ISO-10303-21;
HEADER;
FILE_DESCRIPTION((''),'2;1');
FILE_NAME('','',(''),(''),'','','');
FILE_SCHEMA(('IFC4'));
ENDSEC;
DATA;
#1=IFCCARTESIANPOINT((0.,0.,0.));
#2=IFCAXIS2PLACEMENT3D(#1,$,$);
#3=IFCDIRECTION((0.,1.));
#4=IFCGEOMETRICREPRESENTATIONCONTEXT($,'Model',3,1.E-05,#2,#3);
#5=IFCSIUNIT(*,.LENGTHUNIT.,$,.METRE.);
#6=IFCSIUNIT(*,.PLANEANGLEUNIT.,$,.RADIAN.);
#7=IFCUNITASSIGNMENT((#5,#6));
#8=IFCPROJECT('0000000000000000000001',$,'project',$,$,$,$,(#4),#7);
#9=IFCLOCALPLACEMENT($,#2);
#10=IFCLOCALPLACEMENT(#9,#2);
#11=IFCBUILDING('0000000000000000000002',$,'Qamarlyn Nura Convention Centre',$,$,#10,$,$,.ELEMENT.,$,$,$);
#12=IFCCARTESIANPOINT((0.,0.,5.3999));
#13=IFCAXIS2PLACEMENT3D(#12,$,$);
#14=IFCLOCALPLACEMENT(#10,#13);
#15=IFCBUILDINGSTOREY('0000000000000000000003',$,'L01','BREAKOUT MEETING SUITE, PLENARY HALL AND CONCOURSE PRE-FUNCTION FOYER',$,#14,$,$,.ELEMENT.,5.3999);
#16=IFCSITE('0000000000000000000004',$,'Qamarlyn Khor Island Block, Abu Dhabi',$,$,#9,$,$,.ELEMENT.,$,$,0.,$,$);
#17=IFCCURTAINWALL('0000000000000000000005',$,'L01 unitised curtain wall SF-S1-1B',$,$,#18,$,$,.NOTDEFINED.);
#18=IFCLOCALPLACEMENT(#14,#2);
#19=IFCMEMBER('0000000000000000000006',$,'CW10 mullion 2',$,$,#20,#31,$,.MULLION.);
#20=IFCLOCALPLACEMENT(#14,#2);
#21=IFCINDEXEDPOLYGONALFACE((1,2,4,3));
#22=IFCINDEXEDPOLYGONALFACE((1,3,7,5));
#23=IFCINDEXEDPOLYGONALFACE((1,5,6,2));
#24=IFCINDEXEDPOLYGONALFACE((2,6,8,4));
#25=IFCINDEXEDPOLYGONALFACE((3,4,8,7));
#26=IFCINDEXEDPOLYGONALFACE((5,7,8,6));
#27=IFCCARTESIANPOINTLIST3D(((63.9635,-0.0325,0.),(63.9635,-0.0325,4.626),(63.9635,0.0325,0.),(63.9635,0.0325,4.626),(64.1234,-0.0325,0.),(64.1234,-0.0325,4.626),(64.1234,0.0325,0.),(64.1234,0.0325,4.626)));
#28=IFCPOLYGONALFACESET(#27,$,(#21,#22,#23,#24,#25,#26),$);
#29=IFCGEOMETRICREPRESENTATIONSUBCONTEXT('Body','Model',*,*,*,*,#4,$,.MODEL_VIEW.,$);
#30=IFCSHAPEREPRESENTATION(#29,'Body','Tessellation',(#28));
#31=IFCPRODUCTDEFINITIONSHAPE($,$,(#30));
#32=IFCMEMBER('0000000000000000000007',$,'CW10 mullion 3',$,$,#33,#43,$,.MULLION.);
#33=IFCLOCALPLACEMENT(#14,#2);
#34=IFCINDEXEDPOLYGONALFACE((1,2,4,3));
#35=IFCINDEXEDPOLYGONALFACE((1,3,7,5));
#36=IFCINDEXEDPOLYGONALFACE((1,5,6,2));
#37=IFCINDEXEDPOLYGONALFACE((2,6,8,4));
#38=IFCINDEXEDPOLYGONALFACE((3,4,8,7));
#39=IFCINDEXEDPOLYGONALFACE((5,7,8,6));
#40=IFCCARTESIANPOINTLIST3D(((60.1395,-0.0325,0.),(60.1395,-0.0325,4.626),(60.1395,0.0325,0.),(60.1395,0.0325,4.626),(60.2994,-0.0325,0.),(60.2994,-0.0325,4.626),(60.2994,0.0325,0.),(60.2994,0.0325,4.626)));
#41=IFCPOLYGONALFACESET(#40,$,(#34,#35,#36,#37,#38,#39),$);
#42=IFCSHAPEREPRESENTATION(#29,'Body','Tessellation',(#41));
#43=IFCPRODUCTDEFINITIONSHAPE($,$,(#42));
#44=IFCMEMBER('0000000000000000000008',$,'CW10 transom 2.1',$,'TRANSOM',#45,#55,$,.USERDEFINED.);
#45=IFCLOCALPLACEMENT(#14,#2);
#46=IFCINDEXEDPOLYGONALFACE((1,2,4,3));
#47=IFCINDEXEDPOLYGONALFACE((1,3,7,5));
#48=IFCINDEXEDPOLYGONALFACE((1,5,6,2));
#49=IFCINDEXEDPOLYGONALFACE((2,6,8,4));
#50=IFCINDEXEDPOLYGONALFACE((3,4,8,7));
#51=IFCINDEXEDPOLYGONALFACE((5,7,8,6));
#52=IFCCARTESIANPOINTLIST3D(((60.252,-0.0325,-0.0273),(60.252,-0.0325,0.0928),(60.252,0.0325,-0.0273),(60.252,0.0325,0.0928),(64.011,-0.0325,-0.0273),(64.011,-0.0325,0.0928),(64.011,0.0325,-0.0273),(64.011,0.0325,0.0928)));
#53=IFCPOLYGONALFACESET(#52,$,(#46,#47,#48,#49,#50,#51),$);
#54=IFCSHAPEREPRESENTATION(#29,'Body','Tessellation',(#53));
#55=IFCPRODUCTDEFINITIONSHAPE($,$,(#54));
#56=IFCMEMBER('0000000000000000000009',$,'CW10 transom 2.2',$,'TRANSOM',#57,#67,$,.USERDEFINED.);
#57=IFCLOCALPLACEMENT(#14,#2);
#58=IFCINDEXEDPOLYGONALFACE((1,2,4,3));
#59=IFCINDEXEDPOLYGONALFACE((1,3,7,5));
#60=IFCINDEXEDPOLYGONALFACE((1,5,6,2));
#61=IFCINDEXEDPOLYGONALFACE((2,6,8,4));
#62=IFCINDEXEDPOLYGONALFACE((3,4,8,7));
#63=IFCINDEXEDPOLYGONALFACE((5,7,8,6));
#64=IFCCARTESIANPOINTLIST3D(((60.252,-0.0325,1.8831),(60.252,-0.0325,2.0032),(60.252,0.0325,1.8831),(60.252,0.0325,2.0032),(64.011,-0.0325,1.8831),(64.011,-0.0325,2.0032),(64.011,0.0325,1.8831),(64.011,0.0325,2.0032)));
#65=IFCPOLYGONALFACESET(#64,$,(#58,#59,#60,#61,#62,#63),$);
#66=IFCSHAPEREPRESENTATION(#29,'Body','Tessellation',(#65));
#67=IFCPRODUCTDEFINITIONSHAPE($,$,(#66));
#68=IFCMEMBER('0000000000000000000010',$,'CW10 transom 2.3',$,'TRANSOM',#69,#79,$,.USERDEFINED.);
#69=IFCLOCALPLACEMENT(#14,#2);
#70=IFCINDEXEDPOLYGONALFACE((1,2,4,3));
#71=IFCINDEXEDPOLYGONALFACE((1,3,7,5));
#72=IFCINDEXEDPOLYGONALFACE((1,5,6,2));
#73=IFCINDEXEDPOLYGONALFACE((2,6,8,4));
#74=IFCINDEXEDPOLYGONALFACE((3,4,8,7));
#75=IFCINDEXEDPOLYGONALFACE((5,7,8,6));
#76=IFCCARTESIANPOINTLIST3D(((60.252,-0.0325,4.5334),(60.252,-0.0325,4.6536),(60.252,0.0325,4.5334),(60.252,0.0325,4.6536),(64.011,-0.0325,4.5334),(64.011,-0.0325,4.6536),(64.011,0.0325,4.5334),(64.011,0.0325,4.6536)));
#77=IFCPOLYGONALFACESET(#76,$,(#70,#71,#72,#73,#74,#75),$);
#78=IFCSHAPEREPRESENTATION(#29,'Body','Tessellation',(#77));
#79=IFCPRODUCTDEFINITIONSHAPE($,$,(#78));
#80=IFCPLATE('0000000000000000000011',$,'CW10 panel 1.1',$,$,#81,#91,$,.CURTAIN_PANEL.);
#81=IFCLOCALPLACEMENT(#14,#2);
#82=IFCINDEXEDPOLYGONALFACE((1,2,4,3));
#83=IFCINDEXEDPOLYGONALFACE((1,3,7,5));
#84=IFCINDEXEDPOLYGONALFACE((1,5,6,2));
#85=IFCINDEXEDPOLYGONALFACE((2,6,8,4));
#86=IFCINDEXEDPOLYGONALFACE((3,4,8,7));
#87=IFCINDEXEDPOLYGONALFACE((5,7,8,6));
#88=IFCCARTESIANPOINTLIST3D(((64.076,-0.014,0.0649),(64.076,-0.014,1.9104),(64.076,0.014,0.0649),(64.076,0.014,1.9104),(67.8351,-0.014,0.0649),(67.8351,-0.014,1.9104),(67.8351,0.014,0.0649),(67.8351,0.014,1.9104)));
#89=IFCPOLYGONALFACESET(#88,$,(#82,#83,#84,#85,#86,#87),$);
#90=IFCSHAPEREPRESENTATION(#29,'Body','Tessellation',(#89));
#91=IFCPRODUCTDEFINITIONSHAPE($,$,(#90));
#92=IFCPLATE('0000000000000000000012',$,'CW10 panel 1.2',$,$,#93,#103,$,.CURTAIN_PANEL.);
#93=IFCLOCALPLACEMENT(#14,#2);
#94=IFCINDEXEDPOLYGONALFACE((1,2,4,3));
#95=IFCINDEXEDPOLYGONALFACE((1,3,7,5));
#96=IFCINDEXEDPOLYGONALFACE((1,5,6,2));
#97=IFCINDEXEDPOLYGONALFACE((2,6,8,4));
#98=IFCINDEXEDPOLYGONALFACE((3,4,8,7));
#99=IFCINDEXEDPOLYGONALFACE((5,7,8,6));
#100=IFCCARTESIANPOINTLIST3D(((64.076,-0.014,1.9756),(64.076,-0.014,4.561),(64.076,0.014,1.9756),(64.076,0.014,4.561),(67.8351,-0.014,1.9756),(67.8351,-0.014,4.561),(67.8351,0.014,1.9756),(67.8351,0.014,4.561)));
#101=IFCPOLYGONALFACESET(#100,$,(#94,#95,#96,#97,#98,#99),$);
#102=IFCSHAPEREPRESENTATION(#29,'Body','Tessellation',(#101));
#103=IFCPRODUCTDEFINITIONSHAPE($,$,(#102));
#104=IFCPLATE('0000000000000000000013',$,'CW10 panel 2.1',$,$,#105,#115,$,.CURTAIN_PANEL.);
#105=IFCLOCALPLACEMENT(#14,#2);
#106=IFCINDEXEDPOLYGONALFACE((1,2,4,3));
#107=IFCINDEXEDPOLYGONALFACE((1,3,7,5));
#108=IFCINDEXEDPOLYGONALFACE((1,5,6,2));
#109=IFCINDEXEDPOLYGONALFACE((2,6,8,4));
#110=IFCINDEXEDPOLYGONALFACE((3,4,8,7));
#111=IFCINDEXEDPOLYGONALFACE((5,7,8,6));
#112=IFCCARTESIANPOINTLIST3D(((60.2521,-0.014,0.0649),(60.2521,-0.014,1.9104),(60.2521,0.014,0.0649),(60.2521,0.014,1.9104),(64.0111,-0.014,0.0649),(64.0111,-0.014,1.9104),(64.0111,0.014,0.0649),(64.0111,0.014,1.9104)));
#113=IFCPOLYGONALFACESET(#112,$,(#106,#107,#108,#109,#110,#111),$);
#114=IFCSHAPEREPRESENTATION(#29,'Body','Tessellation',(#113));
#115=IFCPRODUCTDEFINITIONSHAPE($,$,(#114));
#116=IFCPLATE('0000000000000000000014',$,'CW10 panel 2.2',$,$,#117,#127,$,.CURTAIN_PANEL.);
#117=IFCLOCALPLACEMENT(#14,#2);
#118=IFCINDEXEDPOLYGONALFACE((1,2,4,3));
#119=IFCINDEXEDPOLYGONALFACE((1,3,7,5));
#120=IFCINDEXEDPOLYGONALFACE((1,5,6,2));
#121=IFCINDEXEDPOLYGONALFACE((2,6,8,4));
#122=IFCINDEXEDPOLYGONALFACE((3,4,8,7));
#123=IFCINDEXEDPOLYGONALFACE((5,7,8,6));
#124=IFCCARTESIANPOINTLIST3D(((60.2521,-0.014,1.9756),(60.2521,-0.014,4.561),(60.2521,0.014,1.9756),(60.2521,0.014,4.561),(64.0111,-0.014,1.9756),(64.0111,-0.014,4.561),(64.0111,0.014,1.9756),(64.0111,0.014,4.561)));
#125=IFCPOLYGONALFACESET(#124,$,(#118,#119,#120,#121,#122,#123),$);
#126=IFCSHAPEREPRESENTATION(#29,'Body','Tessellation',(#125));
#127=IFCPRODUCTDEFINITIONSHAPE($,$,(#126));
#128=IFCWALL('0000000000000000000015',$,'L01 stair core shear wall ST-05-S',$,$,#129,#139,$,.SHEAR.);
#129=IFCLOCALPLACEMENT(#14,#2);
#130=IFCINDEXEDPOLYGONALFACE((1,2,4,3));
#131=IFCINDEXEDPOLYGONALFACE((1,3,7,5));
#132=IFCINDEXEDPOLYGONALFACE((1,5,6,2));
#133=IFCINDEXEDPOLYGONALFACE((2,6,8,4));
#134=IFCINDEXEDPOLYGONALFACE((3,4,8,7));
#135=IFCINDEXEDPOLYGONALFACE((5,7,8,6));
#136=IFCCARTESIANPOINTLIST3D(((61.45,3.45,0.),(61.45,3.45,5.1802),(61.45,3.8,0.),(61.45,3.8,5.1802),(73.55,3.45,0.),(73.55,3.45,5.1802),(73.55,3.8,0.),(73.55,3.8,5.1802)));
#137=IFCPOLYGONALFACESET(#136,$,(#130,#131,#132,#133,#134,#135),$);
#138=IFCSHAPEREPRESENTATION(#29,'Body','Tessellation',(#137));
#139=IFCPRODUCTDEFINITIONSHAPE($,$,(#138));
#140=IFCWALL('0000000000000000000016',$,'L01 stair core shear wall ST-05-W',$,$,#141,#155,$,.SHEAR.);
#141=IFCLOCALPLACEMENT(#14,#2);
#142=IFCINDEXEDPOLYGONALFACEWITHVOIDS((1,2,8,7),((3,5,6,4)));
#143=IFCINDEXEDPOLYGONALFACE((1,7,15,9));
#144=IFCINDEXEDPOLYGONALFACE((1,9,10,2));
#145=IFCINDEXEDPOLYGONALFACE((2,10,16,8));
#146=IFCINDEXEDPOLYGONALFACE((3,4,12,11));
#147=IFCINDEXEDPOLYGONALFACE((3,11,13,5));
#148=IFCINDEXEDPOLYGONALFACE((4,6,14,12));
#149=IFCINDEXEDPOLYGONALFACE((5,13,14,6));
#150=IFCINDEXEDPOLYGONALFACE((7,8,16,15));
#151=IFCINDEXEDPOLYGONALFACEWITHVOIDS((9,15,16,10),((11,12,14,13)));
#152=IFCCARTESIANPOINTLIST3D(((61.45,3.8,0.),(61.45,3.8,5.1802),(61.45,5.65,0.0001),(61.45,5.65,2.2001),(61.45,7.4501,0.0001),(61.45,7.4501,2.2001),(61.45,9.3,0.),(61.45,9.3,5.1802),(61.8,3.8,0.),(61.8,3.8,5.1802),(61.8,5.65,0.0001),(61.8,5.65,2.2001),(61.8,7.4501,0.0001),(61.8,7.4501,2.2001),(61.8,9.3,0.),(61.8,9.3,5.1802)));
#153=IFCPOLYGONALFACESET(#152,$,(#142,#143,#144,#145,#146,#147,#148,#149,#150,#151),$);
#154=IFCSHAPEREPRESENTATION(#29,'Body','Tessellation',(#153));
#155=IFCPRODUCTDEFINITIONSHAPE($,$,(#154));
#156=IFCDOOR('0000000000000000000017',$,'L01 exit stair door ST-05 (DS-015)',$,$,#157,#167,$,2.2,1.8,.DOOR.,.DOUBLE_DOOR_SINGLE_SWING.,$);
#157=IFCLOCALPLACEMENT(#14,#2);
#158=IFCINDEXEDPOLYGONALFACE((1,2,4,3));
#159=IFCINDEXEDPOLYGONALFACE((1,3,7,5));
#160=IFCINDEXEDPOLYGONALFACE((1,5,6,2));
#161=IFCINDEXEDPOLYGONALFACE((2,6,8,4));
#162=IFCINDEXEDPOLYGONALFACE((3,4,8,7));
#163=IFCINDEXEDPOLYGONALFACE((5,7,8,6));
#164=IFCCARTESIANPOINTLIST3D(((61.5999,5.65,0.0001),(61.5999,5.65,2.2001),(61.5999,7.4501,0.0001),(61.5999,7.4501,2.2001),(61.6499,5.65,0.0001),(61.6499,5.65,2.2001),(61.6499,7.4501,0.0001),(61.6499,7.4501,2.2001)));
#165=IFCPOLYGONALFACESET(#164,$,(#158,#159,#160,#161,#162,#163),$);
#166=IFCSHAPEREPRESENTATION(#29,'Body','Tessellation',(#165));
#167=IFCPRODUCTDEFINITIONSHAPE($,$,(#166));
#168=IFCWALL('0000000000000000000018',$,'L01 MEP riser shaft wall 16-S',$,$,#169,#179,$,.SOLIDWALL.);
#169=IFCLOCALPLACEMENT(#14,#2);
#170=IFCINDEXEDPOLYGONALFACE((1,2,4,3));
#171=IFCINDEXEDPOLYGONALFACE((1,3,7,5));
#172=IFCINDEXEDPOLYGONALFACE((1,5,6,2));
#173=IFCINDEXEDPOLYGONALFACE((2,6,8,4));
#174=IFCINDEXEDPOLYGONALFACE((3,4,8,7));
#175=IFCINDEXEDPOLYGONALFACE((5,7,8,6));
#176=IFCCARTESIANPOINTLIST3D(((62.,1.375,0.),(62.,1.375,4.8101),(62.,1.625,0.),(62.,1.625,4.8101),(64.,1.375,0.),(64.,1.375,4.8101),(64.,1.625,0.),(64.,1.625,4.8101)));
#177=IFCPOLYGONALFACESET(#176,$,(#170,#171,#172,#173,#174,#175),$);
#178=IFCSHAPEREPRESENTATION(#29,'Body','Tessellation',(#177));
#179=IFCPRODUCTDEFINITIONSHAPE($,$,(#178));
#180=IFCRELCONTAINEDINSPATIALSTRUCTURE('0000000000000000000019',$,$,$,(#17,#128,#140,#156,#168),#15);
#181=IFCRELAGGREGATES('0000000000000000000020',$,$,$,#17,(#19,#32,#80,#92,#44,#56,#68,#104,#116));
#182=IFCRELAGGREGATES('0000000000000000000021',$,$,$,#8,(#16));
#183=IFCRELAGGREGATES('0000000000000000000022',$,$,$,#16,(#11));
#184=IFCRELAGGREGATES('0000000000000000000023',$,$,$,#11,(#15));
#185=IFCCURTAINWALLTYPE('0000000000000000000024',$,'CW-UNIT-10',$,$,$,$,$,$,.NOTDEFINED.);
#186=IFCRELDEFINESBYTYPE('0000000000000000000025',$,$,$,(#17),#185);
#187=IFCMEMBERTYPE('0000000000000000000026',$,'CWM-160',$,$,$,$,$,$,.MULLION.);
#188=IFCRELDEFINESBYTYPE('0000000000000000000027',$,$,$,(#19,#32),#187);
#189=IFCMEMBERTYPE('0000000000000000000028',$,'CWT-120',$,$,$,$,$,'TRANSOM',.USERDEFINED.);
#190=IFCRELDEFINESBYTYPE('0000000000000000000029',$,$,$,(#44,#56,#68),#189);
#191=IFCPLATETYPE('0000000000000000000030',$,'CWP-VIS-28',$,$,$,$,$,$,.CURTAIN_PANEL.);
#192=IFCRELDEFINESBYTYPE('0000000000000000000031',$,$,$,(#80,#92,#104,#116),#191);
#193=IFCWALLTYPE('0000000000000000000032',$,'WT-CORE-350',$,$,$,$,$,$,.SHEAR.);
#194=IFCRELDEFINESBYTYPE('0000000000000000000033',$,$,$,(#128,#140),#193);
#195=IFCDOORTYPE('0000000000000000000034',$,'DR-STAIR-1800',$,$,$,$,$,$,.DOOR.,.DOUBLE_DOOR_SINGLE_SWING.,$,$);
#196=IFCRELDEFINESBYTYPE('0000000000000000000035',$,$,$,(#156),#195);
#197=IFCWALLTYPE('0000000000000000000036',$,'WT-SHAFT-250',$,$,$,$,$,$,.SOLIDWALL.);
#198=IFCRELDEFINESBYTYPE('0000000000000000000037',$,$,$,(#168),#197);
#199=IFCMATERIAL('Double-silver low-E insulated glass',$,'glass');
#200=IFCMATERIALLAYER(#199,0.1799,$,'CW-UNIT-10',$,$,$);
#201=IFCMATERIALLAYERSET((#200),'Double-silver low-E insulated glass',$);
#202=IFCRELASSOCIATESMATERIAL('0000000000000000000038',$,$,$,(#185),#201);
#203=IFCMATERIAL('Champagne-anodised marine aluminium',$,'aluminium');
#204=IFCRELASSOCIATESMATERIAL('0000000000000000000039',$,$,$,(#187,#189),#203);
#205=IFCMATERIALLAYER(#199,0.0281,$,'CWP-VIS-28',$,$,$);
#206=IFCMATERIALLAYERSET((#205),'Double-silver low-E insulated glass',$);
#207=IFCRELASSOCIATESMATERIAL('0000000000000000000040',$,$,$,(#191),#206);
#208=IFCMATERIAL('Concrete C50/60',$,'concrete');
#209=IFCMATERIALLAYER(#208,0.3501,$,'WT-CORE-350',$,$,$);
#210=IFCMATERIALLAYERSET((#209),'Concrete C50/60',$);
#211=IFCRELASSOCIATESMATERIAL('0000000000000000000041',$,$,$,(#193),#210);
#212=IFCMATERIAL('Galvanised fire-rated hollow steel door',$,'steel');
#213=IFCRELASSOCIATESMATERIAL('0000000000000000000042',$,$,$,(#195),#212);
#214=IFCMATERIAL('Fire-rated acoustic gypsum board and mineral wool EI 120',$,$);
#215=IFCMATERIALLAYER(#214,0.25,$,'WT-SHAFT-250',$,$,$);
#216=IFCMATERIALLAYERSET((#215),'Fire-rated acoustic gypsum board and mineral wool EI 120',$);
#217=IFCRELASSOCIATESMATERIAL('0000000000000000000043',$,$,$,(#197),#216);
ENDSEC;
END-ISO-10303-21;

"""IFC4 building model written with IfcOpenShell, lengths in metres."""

from ifc_helpers import new_model, si_unit, direction, frame, frame_2d, origin, origin_2d, place, context, subcontext, project, spatial, rectangle, extrude, material, layer, layer_set, material_profile, profile_set, type_object, element, fill, aggregate, save


model = new_model("IFC4")

# Units and contexts
model_context = context("Model", 3, precision=1e-05, world=origin(), true_north=direction((0.0, 1.0)))
body_context = subcontext(model_context, "Body", "Model", "MODEL_VIEW")
ifc_project = project(units=[si_unit("LENGTHUNIT", "METRE"), si_unit("PLANEANGLEUNIT", "RADIAN")], contexts=[model_context])

# Site, building, storey
site_placement = place(None, origin())
site = spatial("IfcSite", under=ifc_project, at=site_placement, Name="Qamarlyn Khor Island Block, Abu Dhabi", CompositionType="ELEMENT", RefElevation=0.0)
building_placement = place(site_placement, origin())
building = spatial("IfcBuilding", under=site, at=building_placement, Name="Qamarlyn Nura Convention Centre", CompositionType="ELEMENT")
storey_placement = place(building_placement, frame((0.0, 0.0, 5.3999)))
storey = spatial("IfcBuildingStorey", under=building, at=storey_placement, Name="L01", Description="BREAKOUT MEETING SUITE, PLENARY HALL AND CONCOURSE PRE-FUNCTION FOYER", CompositionType="ELEMENT", Elevation=5.3999)

# Curtain wall, members, plates
ifc_material_1 = material(Name="Double-silver low-E insulated glass", Category="glass")
ifc_layer_1 = layer(ifc_material_1, 0.1799, Name="CW-UNIT-10")
ifc_layer_set_1 = layer_set([ifc_layer_1], Name="Double-silver low-E insulated glass")
curtain_wall_type = type_object("IfcCurtainWallType", Name="CW-UNIT-10", PredefinedType="NOTDEFINED", material=ifc_layer_set_1)
curtain_wall_placement = place(storey_placement, origin())
curtain_wall = element("IfcCurtainWall", 1, at=curtain_wall_placement, inside=storey, type_object=curtain_wall_type, Name="L01 unitised curtain wall SF-S1-1B", PredefinedType="NOTDEFINED")
ifc_material_2 = material(Name="Champagne-anodised marine aluminium", Category="aluminium")
ifc_material_profile_1 = material_profile(ifc_material_2, rectangle(XDim=0.0649, YDim=0.1599, at=origin_2d()), Name="ALU MULLION 65x160")
ifc_profile_set_1 = profile_set([ifc_material_profile_1], Name="Champagne-anodised marine aluminium")
member_type_1 = type_object("IfcMemberType", Name="CWM-160", PredefinedType="MULLION", material=ifc_profile_set_1)
member_1_placement = place(storey_placement, frame((64.0435, 0.0, 0.0), z_axis=(0.0, 0.0, 1.0), x_axis=(0.0, -1.0, 0.0)))
member_1 = element("IfcMember", 2, at=member_1_placement, type_object=member_type_1, Name="CW10 mullion 2", PredefinedType="MULLION", context=body_context, shape_type="SweptSolid", body=[
    extrude(rectangle(XDim=0.0649, YDim=0.1599, at=origin_2d()), origin(), (0.0, 0.0, 1.0), 4.626),
])
member_2_placement = place(storey_placement, frame((60.2195, 0.0, 0.0), z_axis=(0.0, 0.0, 1.0), x_axis=(0.0, -1.0, 0.0)))
member_2 = element("IfcMember", 3, at=member_2_placement, type_object=member_type_1, Name="CW10 mullion 3", PredefinedType="MULLION", context=body_context, shape_type="SweptSolid", body=[
    extrude(rectangle(XDim=0.0649, YDim=0.1599, at=origin_2d()), origin(), (0.0, 0.0, 1.0), 4.626),
])
ifc_material_profile_2 = material_profile(ifc_material_2, rectangle(XDim=0.0649, YDim=0.1201, at=origin_2d()), Name="ALU TRANSOM 65x120")
ifc_profile_set_2 = profile_set([ifc_material_profile_2], Name="Champagne-anodised marine aluminium")
member_type_2 = type_object("IfcMemberType", Name="CWT-120", ElementType="TRANSOM", PredefinedType="USERDEFINED", material=ifc_profile_set_2)
member_3_placement = place(storey_placement, frame((64.011, 0.0, 0.0327), z_axis=(-1.0, 0.0, 0.0), x_axis=(0.0, -1.0, 0.0)))
member_3 = element("IfcMember", 4, at=member_3_placement, type_object=member_type_2, Name="CW10 transom 2.1", ObjectType="TRANSOM", PredefinedType="USERDEFINED", context=body_context, shape_type="SweptSolid", body=[
    extrude(rectangle(XDim=0.0649, YDim=0.1201, at=origin_2d()), origin(), (0.0, 0.0, 1.0), 3.759),
])
member_4_placement = place(storey_placement, frame((64.011, 0.0, 1.9431), z_axis=(-1.0, 0.0, 0.0), x_axis=(0.0, -1.0, 0.0)))
member_4 = element("IfcMember", 5, at=member_4_placement, type_object=member_type_2, Name="CW10 transom 2.2", ObjectType="TRANSOM", PredefinedType="USERDEFINED", context=body_context, shape_type="SweptSolid", body=[
    extrude(rectangle(XDim=0.0649, YDim=0.1201, at=origin_2d()), origin(), (0.0, 0.0, 1.0), 3.759),
])
member_5_placement = place(storey_placement, frame((64.011, 0.0, 4.5935), z_axis=(-1.0, 0.0, 0.0), x_axis=(0.0, -1.0, 0.0)))
member_5 = element("IfcMember", 6, at=member_5_placement, type_object=member_type_2, Name="CW10 transom 2.3", ObjectType="TRANSOM", PredefinedType="USERDEFINED", context=body_context, shape_type="SweptSolid", body=[
    extrude(rectangle(XDim=0.0649, YDim=0.1201, at=origin_2d()), origin(), (0.0, 0.0, 1.0), 3.759),
])
ifc_layer_2 = layer(ifc_material_1, 0.0281, Name="CWP-VIS-28")
ifc_layer_set_2 = layer_set([ifc_layer_2], Name="Double-silver low-E insulated glass")
plate_type = type_object("IfcPlateType", Name="CWP-VIS-28", PredefinedType="CURTAIN_PANEL", material=ifc_layer_set_2)
plate_1_placement = place(storey_placement, frame((65.9556, 0.0, 0.0649), z_axis=(0.0, 0.0, 1.0), x_axis=(-1.0, 0.0, 0.0)))
plate_1 = element("IfcPlate", 7, at=plate_1_placement, type_object=plate_type, Name="CW10 panel 1.1", PredefinedType="CURTAIN_PANEL", context=body_context, shape_type="SweptSolid", body=[
    extrude(rectangle(XDim=3.759, YDim=0.0281, at=origin_2d()), origin(), (0.0, 0.0, 1.0), 1.8455),
])
plate_2_placement = place(storey_placement, frame((65.9556, 0.0, 1.9756), z_axis=(0.0, 0.0, 1.0), x_axis=(-1.0, 0.0, 0.0)))
plate_2 = element("IfcPlate", 8, at=plate_2_placement, type_object=plate_type, Name="CW10 panel 1.2", PredefinedType="CURTAIN_PANEL", context=body_context, shape_type="SweptSolid", body=[
    extrude(rectangle(XDim=3.759, YDim=0.0281, at=origin_2d()), origin(), (0.0, 0.0, 1.0), 2.5854),
])
plate_3_placement = place(storey_placement, frame((62.1316, 0.0, 0.0649), z_axis=(0.0, 0.0, 1.0), x_axis=(-1.0, 0.0, 0.0)))
plate_3 = element("IfcPlate", 9, at=plate_3_placement, type_object=plate_type, Name="CW10 panel 2.1", PredefinedType="CURTAIN_PANEL", context=body_context, shape_type="SweptSolid", body=[
    extrude(rectangle(XDim=3.759, YDim=0.0281, at=origin_2d()), origin(), (0.0, 0.0, 1.0), 1.8455),
])
plate_4_placement = place(storey_placement, frame((62.1316, 0.0, 1.9756), z_axis=(0.0, 0.0, 1.0), x_axis=(-1.0, 0.0, 0.0)))
plate_4 = element("IfcPlate", 10, at=plate_4_placement, type_object=plate_type, Name="CW10 panel 2.2", PredefinedType="CURTAIN_PANEL", context=body_context, shape_type="SweptSolid", body=[
    extrude(rectangle(XDim=3.759, YDim=0.0281, at=origin_2d()), origin(), (0.0, 0.0, 1.0), 2.5854),
])
aggregate(curtain_wall, [member_1, member_2, plate_1, plate_2, member_3, member_4, member_5, plate_3, plate_4])

# Wall
ifc_material_3 = material(Name="Concrete C50/60", Category="concrete")
ifc_layer_3 = layer(ifc_material_3, 0.3501, Name="WT-CORE-350")
ifc_layer_set_3 = layer_set([ifc_layer_3], Name="Concrete C50/60")
wall_type_1 = type_object("IfcWallType", Name="WT-CORE-350", PredefinedType="SHEAR", material=ifc_layer_set_3)
wall_1_placement = place(storey_placement, frame((61.45, 3.625, 0.0), z_axis=(0.0, 0.0, 1.0), x_axis=(1.0, 0.0, 0.0)))
element("IfcWall", 11, at=wall_1_placement, inside=storey, type_object=wall_type_1, Name="L01 stair core shear wall ST-05-S", PredefinedType="SHEAR", context=body_context, shape_type="SweptSolid", body=[
    extrude(rectangle(XDim=12.1001, YDim=0.3501, at=frame_2d((6.05, 0.0))), origin(), (0.0, 0.0, 1.0), 5.1802),
])

# Wall, opening, door
wall_2_placement = place(storey_placement, frame((61.625, 9.3, 0.0), z_axis=(0.0, 0.0, 1.0), x_axis=(0.0, -1.0, 0.0)))
wall_2 = element("IfcWall", 12, at=wall_2_placement, inside=storey, type_object=wall_type_1, Name="L01 stair core shear wall ST-05-W", PredefinedType="SHEAR", context=body_context, shape_type="SweptSolid", body=[
    extrude(rectangle(XDim=5.5, YDim=0.3501, at=frame_2d((2.75, 0.0))), origin(), (0.0, 0.0, 1.0), 5.1802),
])
opening_placement = place(wall_2_placement, frame((1.8501, 0.0, 0.0)))
opening = element("IfcOpeningElement", 13, at=opening_placement, cuts=wall_2, PredefinedType="OPENING", context=body_context, shape_type="SweptSolid", body=[
    extrude(rectangle(XDim=1.8, YDim=2.2, at=frame_2d((0.8999, 1.1001))), frame((0.0, 0.1851, 0.0), z_axis=(0.0, -1.0, 0.0), x_axis=(1.0, 0.0, 0.0)), (0.0, 0.0, 1.0), 0.3701),
])
ifc_material_4 = material(Name="Galvanised fire-rated hollow steel door", Category="steel")
door_type = type_object("IfcDoorType", Name="DR-STAIR-1800", OperationType="DOUBLE_DOOR_SINGLE_SWING", PredefinedType="DOOR", material=ifc_material_4)
door_placement = place(opening_placement, origin())
door = element("IfcDoor", 14, at=door_placement, inside=storey, type_object=door_type, Name="L01 exit stair door ST-05 (DS-015)", OperationType="DOUBLE_DOOR_SINGLE_SWING", OverallHeight=2.2, OverallWidth=1.8, PredefinedType="DOOR", context=body_context, shape_type="SweptSolid", body=[
    extrude(rectangle(XDim=1.8, YDim=2.2, at=frame_2d((0.8999, 1.1001))), frame((0.0, 0.0249, 0.0), z_axis=(0.0, -1.0, 0.0), x_axis=(1.0, 0.0, 0.0)), (0.0, 0.0, 1.0), 0.05),
])
fill(opening, door)

# Wall
ifc_material_5 = material(Name="Fire-rated acoustic gypsum board and mineral wool EI 120")
ifc_layer_4 = layer(ifc_material_5, 0.25, Name="WT-SHAFT-250")
ifc_layer_set_4 = layer_set([ifc_layer_4], Name="Fire-rated acoustic gypsum board and mineral wool EI 120")
wall_type_2 = type_object("IfcWallType", Name="WT-SHAFT-250", PredefinedType="SOLIDWALL", material=ifc_layer_set_4)
for number, where, z_axis, x_axis, name in (
    (15, (62.0, 1.5, 0.0), (0.0, 0.0, 1.0), (1.0, 0.0, 0.0), "L01 MEP riser shaft wall 16-S"),
):
    element("IfcWall", number, at=place(storey_placement, frame(where, z_axis=z_axis, x_axis=x_axis)), inside=storey, type_object=wall_type_2, Name=name, PredefinedType="SOLIDWALL", context=body_context, shape_type="SweptSolid", body=[
        extrude(rectangle(XDim=2.0, YDim=0.25, at=frame_2d((1.0, 0.0))), origin(), (0.0, 0.0, 1.0), 4.8101),
    ])

save(model, "model.ifc")
